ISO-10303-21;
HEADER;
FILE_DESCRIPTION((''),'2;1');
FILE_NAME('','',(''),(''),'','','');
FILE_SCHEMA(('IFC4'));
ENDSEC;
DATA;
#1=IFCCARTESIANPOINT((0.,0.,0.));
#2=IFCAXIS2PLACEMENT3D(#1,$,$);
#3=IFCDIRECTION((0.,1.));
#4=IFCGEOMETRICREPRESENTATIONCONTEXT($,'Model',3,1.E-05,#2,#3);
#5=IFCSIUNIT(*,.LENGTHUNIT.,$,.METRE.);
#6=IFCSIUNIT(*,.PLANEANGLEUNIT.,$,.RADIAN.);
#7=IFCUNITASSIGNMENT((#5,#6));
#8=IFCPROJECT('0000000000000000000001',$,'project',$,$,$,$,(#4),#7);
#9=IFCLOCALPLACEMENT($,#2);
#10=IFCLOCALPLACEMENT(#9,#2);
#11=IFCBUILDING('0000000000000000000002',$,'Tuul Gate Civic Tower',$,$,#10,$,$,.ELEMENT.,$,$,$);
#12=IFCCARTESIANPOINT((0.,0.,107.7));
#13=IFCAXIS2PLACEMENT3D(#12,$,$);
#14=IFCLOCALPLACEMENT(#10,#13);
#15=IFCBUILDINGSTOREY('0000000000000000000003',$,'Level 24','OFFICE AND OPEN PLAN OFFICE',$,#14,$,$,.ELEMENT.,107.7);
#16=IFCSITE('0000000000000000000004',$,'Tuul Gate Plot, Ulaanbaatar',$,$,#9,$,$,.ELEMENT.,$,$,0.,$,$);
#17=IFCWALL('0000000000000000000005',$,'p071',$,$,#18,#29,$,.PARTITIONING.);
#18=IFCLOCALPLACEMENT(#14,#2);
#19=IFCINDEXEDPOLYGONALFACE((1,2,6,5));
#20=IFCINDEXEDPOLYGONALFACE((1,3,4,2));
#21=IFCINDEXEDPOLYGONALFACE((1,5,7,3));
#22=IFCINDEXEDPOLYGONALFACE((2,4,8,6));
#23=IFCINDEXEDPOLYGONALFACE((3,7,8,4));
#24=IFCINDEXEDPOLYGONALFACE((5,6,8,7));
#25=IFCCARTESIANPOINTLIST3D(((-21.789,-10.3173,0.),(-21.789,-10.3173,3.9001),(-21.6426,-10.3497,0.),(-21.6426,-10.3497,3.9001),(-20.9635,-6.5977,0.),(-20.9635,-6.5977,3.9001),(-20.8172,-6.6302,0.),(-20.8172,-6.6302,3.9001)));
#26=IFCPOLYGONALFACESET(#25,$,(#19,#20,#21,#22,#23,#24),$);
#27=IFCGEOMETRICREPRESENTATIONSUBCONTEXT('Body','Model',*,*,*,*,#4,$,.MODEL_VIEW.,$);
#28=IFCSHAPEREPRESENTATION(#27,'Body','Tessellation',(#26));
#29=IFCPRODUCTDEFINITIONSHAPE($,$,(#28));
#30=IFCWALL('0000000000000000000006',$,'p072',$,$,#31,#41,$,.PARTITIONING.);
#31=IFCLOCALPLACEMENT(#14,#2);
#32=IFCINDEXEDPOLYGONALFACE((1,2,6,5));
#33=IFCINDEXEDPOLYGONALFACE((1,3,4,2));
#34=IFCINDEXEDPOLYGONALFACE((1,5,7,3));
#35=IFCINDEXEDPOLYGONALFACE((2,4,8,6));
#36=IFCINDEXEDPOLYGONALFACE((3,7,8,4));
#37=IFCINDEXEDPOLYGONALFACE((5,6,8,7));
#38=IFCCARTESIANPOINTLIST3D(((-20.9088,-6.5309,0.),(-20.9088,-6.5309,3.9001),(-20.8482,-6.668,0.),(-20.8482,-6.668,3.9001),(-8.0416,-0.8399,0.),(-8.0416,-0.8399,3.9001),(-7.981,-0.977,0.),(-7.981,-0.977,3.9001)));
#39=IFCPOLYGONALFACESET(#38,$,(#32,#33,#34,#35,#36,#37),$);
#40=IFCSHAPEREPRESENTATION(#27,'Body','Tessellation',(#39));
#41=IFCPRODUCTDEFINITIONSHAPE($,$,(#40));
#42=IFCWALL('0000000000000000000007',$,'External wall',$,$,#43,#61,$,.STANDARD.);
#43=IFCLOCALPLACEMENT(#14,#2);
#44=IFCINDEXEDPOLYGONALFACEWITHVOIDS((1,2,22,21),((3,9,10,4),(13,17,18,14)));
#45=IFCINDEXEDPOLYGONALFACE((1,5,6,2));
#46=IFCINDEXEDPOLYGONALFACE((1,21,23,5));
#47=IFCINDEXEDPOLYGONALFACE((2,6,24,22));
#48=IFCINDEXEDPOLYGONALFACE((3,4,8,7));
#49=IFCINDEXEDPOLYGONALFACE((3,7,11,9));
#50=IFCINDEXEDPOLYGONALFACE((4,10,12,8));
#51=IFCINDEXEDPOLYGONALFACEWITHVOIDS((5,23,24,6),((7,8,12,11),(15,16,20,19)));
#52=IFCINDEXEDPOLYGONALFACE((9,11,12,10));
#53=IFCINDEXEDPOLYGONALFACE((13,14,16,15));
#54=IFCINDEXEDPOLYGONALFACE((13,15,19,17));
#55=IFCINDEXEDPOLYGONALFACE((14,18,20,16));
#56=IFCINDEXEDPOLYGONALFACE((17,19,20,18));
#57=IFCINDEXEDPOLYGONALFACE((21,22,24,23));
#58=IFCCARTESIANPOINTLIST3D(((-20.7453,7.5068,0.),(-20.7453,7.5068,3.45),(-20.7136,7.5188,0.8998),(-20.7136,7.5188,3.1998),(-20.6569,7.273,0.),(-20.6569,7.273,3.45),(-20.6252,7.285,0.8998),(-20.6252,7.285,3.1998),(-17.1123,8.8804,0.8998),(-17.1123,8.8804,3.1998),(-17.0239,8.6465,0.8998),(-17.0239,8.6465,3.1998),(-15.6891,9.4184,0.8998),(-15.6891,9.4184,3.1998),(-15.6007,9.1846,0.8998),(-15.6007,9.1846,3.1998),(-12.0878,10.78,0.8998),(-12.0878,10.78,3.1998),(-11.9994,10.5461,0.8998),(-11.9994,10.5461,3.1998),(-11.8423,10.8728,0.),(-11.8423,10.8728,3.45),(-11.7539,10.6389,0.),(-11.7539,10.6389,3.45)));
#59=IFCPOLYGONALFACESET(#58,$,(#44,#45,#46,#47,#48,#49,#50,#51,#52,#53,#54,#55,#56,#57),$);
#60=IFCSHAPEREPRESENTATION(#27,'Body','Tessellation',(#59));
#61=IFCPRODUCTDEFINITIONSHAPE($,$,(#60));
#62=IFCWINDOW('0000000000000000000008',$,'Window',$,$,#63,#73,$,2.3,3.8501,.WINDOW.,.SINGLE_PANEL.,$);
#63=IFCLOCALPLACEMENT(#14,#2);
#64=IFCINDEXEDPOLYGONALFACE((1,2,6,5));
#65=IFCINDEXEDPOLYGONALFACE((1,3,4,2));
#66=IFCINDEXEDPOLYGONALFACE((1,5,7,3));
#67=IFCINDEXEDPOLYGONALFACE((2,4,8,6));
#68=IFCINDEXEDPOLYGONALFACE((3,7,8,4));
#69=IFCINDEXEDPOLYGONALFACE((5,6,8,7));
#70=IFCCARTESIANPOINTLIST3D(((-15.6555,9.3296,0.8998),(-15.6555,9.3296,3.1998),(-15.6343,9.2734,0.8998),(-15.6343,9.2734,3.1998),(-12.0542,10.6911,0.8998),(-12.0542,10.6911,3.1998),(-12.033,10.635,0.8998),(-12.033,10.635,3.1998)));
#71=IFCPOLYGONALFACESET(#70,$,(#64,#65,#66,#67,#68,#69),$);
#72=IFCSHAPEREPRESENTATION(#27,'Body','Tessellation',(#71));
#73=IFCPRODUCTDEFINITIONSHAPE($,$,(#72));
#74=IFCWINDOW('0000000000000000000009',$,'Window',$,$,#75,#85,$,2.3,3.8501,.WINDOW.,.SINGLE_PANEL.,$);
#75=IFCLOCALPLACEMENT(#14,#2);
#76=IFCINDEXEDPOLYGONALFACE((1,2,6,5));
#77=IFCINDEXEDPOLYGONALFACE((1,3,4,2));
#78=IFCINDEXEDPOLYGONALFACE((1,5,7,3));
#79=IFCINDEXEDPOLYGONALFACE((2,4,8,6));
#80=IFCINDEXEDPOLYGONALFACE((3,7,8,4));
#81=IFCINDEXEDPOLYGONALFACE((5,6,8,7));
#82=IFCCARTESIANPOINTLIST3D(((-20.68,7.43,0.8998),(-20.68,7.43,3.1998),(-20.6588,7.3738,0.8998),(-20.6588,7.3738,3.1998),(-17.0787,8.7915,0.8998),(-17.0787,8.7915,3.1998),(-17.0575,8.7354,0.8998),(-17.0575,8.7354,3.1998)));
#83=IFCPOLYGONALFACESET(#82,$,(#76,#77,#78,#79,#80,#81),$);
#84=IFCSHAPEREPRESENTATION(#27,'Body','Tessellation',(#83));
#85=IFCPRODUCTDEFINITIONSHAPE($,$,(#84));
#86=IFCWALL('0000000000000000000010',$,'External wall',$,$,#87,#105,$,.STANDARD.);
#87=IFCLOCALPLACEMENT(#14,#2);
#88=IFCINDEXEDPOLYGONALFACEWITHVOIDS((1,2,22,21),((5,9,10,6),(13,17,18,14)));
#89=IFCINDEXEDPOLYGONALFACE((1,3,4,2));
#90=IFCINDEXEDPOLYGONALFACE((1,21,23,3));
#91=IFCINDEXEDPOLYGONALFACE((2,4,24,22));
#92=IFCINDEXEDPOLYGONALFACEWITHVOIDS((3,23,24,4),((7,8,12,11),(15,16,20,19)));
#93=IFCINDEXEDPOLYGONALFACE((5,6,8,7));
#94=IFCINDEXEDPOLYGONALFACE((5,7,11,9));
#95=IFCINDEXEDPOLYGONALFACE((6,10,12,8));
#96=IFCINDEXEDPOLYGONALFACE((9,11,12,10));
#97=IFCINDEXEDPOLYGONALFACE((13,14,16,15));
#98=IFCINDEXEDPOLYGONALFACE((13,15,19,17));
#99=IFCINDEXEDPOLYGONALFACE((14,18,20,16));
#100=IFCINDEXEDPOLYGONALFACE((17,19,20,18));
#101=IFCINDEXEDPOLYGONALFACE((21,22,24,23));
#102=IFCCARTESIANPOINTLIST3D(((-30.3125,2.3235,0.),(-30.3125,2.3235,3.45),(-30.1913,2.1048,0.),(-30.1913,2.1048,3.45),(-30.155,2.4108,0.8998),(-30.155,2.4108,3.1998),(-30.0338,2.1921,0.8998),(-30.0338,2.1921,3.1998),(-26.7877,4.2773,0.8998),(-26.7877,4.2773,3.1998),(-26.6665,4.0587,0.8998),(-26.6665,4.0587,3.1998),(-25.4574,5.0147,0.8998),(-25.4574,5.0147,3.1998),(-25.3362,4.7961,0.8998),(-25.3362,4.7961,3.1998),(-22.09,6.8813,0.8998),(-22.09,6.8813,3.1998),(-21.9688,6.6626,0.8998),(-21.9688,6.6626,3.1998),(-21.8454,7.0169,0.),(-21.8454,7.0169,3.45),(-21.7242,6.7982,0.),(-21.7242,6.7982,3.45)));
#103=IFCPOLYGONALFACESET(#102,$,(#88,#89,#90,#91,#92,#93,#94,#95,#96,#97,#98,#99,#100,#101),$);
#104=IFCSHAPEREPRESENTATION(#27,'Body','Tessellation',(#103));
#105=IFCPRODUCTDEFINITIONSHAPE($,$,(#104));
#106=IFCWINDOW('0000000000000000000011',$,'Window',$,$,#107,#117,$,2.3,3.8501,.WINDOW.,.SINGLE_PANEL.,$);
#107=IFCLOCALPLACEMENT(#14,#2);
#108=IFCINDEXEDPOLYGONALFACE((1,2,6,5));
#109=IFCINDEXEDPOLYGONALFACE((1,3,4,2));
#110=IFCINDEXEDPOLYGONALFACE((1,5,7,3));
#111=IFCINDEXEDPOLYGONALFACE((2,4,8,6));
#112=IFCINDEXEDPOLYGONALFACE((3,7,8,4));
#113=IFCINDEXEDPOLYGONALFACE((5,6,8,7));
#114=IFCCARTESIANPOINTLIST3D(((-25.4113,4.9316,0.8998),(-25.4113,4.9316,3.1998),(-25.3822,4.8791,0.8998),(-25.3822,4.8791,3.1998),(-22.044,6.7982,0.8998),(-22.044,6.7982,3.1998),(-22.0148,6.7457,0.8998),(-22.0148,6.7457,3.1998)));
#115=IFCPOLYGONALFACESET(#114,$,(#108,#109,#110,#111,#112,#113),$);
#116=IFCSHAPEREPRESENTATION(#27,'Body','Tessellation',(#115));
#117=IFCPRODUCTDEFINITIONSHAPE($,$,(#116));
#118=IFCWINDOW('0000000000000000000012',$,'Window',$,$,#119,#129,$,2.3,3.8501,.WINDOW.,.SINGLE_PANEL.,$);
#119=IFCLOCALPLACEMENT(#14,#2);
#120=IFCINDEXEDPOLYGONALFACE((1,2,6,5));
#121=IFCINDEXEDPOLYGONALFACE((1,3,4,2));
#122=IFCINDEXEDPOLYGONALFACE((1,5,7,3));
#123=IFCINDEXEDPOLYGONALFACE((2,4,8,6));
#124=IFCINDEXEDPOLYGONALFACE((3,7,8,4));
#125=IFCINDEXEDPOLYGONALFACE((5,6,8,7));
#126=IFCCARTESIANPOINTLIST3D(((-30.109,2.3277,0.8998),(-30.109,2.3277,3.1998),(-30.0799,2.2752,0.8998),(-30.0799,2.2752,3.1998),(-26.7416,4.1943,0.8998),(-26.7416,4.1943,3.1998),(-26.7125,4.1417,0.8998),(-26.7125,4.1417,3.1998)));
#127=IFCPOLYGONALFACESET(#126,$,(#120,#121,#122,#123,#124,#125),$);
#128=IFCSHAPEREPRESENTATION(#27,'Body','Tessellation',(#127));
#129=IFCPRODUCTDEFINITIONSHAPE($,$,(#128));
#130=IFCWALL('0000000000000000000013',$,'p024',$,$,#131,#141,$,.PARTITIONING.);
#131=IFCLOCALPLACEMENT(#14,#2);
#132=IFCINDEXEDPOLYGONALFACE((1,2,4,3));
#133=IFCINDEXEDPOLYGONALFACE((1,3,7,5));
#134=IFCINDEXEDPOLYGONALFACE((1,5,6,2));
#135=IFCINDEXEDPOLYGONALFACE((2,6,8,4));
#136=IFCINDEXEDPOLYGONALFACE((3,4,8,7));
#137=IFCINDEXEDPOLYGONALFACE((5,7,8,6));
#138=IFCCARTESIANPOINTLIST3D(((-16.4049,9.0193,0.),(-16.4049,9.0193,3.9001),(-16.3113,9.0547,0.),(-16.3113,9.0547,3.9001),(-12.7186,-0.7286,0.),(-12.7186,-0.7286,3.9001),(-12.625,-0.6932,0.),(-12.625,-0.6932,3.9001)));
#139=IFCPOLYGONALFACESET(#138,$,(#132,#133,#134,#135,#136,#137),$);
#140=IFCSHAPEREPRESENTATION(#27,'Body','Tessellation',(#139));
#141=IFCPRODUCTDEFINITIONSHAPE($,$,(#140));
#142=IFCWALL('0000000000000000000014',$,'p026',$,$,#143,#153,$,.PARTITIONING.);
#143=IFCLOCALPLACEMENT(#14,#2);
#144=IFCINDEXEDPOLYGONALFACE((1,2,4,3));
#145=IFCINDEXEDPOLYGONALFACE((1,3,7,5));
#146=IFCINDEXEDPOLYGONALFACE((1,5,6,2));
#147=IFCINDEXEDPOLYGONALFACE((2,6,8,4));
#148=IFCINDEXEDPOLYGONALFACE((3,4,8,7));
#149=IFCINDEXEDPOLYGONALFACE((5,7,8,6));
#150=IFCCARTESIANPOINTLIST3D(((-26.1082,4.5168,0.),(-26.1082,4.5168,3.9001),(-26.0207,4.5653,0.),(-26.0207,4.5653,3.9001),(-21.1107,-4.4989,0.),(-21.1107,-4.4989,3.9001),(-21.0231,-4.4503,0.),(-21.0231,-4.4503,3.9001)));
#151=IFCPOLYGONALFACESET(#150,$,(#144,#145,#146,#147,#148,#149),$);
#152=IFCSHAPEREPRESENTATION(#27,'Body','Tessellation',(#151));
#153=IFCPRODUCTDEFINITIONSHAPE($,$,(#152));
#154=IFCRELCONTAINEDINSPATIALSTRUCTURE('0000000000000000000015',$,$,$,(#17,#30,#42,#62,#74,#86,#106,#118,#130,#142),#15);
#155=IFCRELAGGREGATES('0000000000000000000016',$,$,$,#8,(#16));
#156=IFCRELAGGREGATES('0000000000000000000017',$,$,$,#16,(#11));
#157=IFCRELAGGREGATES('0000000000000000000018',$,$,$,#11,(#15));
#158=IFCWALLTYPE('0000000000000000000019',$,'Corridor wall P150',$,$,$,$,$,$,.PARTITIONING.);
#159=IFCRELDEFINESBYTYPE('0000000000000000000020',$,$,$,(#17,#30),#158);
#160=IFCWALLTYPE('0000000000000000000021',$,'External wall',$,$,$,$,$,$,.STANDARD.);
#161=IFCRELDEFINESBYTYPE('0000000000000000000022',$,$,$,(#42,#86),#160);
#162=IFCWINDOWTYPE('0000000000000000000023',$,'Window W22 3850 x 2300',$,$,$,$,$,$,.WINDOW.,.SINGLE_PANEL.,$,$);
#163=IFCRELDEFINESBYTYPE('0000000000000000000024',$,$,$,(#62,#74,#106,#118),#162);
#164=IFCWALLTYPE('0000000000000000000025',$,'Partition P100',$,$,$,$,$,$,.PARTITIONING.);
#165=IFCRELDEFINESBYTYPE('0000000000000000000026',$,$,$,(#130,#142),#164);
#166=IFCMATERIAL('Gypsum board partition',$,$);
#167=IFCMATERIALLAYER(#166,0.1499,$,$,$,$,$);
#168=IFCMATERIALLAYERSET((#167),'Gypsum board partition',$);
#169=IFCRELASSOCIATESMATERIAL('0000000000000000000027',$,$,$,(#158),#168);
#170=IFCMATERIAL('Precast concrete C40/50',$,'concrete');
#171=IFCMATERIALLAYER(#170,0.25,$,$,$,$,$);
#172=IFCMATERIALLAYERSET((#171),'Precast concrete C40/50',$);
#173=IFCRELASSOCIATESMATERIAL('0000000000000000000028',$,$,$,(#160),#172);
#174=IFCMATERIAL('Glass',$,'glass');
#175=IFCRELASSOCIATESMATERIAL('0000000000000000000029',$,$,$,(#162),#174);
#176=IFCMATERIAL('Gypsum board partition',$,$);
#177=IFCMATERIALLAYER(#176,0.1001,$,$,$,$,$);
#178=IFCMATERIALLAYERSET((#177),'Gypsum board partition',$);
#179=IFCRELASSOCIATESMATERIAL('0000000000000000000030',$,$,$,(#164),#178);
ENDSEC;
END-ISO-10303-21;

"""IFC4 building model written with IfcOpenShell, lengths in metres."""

from ifc_helpers import new_model, si_unit, direction, frame, frame_2d, origin, place, context, subcontext, project, spatial, rectangle, extrude, material, layer, layer_set, type_object, element, fill, save


model = new_model("IFC4")

# Units and contexts
model_context = context("Model", 3, precision=1e-05, world=origin(), true_north=direction((0.0, 1.0)))
body_context = subcontext(model_context, "Body", "Model", "MODEL_VIEW")
ifc_project = project(units=[si_unit("LENGTHUNIT", "METRE"), si_unit("PLANEANGLEUNIT", "RADIAN")], contexts=[model_context])

# Site, building, storey
site_placement = place(None, origin())
site = spatial("IfcSite", under=ifc_project, at=site_placement, Name="Tuul Gate Plot, Ulaanbaatar", CompositionType="ELEMENT", RefElevation=0.0)
building_placement = place(site_placement, origin())
building = spatial("IfcBuilding", under=site, at=building_placement, Name="Tuul Gate Civic Tower", CompositionType="ELEMENT")
storey_placement = place(building_placement, frame((0.0, 0.0, 107.7)))
storey = spatial("IfcBuildingStorey", under=building, at=storey_placement, Name="Level 24", Description="OFFICE AND OPEN PLAN OFFICE", CompositionType="ELEMENT", Elevation=107.7)

# Shared definitions
ifc_material_1 = material(Name="Gypsum board partition")
ifc_layer_1 = layer(ifc_material_1, 0.1499)
ifc_layer_set_1 = layer_set([ifc_layer_1], Name="Gypsum board partition")
wall_type_1 = type_object("IfcWallType", Name="Corridor wall P150", PredefinedType="PARTITIONING", material=ifc_layer_set_1)

# Walls
wall_1_placement = place(storey_placement, frame((-21.7158, -10.3335, 0.0), z_axis=(0.0, 0.0, 1.0), x_axis=(0.216652, 0.976249, 0.0)))
element("IfcWall", 1, at=wall_1_placement, inside=storey, type_object=wall_type_1, Name="p071", PredefinedType="PARTITIONING", context=body_context, shape_type="SweptSolid", body=[
    extrude(rectangle(XDim=3.8101, YDim=0.1499, at=frame_2d((1.905, 0.0))), origin(), (0.0, 0.0, 1.0), 3.9001),
])
wall_2_placement = place(storey_placement, frame((-20.8784, -6.5994, 0.0), z_axis=(0.0, 0.0, 1.0), x_axis=(0.914544, 0.404486, 0.0)))
element("IfcWall", 2, at=wall_2_placement, inside=storey, type_object=wall_type_1, Name="p072", PredefinedType="PARTITIONING", context=body_context, shape_type="SweptSolid", body=[
    extrude(rectangle(XDim=14.0696, YDim=0.1499, at=frame_2d((7.0347, 0.0))), origin(), (0.0, 0.0, 1.0), 3.9001),
])

# Walls, openings, windows
ifc_material_2 = material(Name="Precast concrete C40/50", Category="concrete")
ifc_layer_2 = layer(ifc_material_2, 0.25)
ifc_layer_set_2 = layer_set([ifc_layer_2], Name="Precast concrete C40/50")
wall_type_2 = type_object("IfcWallType", Name="External wall", PredefinedType="STANDARD", material=ifc_layer_set_2)
wall_3_placement = place(storey_placement, frame((-11.7981, 10.7559, 0.0), z_axis=(0.0, 0.0, 1.0), x_axis=(-0.935382, -0.353638, 0.0)))
wall_3 = element("IfcWall", 3, at=wall_3_placement, inside=storey, type_object=wall_type_2, Name="External wall", PredefinedType="STANDARD", context=body_context, shape_type="SweptSolid", body=[
    extrude(rectangle(XDim=9.5181, YDim=0.25, at=frame_2d((4.759, 0.0))), origin(), (0.0, 0.0, 1.0), 3.45),
])
opening_1_placement = place(wall_3_placement, frame((0.2625, 0.0, 0.8999)))
opening_1 = element("IfcOpeningElement", 4, at=opening_1_placement, cuts=wall_3, PredefinedType="OPENING", context=body_context, shape_type="SweptSolid", body=[
    extrude(rectangle(XDim=3.8501, YDim=2.3, at=frame_2d((1.925, 1.1499))), frame((0.0, 0.135, 0.0), z_axis=(0.0, -1.0, 0.0), x_axis=(1.0, 0.0, 0.0)), (0.0, 0.0, 1.0), 0.27),
])
opening_2_placement = place(wall_3_placement, frame((5.634, 0.0, 0.8999)))
opening_2 = element("IfcOpeningElement", 5, at=opening_2_placement, cuts=wall_3, PredefinedType="OPENING", context=body_context, shape_type="SweptSolid", body=[
    extrude(rectangle(XDim=3.8501, YDim=2.3, at=frame_2d((1.925, 1.1499))), frame((0.0, 0.135, 0.0), z_axis=(0.0, -1.0, 0.0), x_axis=(1.0, 0.0, 0.0)), (0.0, 0.0, 1.0), 0.27),
])
ifc_material_3 = material(Name="Glass", Category="glass")
window_type = type_object("IfcWindowType", Name="Window W22 3850 x 2300", PartitioningType="SINGLE_PANEL", PredefinedType="WINDOW", material=ifc_material_3)
window_1_placement = place(opening_1_placement, origin())
window_1 = element("IfcWindow", 6, at=window_1_placement, inside=storey, type_object=window_type, Name="Window", OverallHeight=2.3, OverallWidth=3.8501, PartitioningType="SINGLE_PANEL", PredefinedType="WINDOW", context=body_context, shape_type="SweptSolid", body=[
    extrude(rectangle(XDim=3.8501, YDim=2.3, at=frame_2d((1.925, 1.1499))), frame((0.0, 0.03, 0.0), z_axis=(0.0, -1.0, 0.0), x_axis=(1.0, 0.0, 0.0)), (0.0, 0.0, 1.0), 0.0601),
])
fill(opening_1, window_1)
window_2_placement = place(opening_2_placement, origin())
window_2 = element("IfcWindow", 7, at=window_2_placement, inside=storey, type_object=window_type, Name="Window", OverallHeight=2.3, OverallWidth=3.8501, PartitioningType="SINGLE_PANEL", PredefinedType="WINDOW", context=body_context, shape_type="SweptSolid", body=[
    extrude(rectangle(XDim=3.8501, YDim=2.3, at=frame_2d((1.925, 1.1499))), frame((0.0, 0.03, 0.0), z_axis=(0.0, -1.0, 0.0), x_axis=(1.0, 0.0, 0.0)), (0.0, 0.0, 1.0), 0.0601),
])
fill(opening_2, window_2)
wall_4_placement = place(storey_placement, frame((-21.7849, 6.9075, 0.0), z_axis=(0.0, 0.0, 1.0), x_axis=(-0.87462, -0.48481, 0.0)))
wall_4 = element("IfcWall", 8, at=wall_4_placement, inside=storey, type_object=wall_type_2, Name="External wall", PredefinedType="STANDARD", context=body_context, shape_type="SweptSolid", body=[
    extrude(rectangle(XDim=9.6809, YDim=0.25, at=frame_2d((4.8403, 0.0))), origin(), (0.0, 0.0, 1.0), 3.45),
])
opening_3_placement = place(wall_4_placement, frame((0.2795, 0.0, 0.8999)))
opening_3 = element("IfcOpeningElement", 9, at=opening_3_placement, cuts=wall_4, PredefinedType="OPENING", context=body_context, shape_type="SweptSolid", body=[
    extrude(rectangle(XDim=3.8501, YDim=2.3, at=frame_2d((1.925, 1.1499))), frame((0.0, 0.135, 0.0), z_axis=(0.0, -1.0, 0.0), x_axis=(1.0, 0.0, 0.0)), (0.0, 0.0, 1.0), 0.27),
])
opening_4_placement = place(wall_4_placement, frame((5.6506, 0.0, 0.8999)))
opening_4 = element("IfcOpeningElement", 10, at=opening_4_placement, cuts=wall_4, PredefinedType="OPENING", context=body_context, shape_type="SweptSolid", body=[
    extrude(rectangle(XDim=3.8501, YDim=2.3, at=frame_2d((1.925, 1.1499))), frame((0.0, 0.135, 0.0), z_axis=(0.0, -1.0, 0.0), x_axis=(1.0, 0.0, 0.0)), (0.0, 0.0, 1.0), 0.27),
])
window_3_placement = place(opening_3_placement, origin())
window_3 = element("IfcWindow", 11, at=window_3_placement, inside=storey, type_object=window_type, Name="Window", OverallHeight=2.3, OverallWidth=3.8501, PartitioningType="SINGLE_PANEL", PredefinedType="WINDOW", context=body_context, shape_type="SweptSolid", body=[
    extrude(rectangle(XDim=3.8501, YDim=2.3, at=frame_2d((1.925, 1.1499))), frame((0.0, 0.03, 0.0), z_axis=(0.0, -1.0, 0.0), x_axis=(1.0, 0.0, 0.0)), (0.0, 0.0, 1.0), 0.0601),
])
fill(opening_3, window_3)
window_4_placement = place(opening_4_placement, origin())
window_4 = element("IfcWindow", 12, at=window_4_placement, inside=storey, type_object=window_type, Name="Window", OverallHeight=2.3, OverallWidth=3.8501, PartitioningType="SINGLE_PANEL", PredefinedType="WINDOW", context=body_context, shape_type="SweptSolid", body=[
    extrude(rectangle(XDim=3.8501, YDim=2.3, at=frame_2d((1.925, 1.1499))), frame((0.0, 0.03, 0.0), z_axis=(0.0, -1.0, 0.0), x_axis=(1.0, 0.0, 0.0)), (0.0, 0.0, 1.0), 0.0601),
])
fill(opening_4, window_4)

# Walls
ifc_material_4 = material(Name="Gypsum board partition")
ifc_layer_3 = layer(ifc_material_4, 0.1001)
ifc_layer_set_3 = layer_set([ifc_layer_3], Name="Gypsum board partition")
wall_type_3 = type_object("IfcWallType", Name="Partition P100", PredefinedType="PARTITIONING", material=ifc_layer_set_3)
wall_5_placement = place(storey_placement, frame((-16.3582, 9.0371, 0.0), z_axis=(0.0, 0.0, 1.0), x_axis=(0.353718, -0.935352, 0.0)))
element("IfcWall", 13, at=wall_5_placement, inside=storey, type_object=wall_type_3, Name="p024", PredefinedType="PARTITIONING", context=body_context, shape_type="SweptSolid", body=[
    extrude(rectangle(XDim=10.4216, YDim=0.1001, at=frame_2d((5.2109, 0.0))), origin(), (0.0, 0.0, 1.0), 3.9001),
])
wall_6_placement = place(storey_placement, frame((-26.0645, 4.541, 0.0), z_axis=(0.0, 0.0, 1.0), x_axis=(0.484818, -0.874615, 0.0)))
element("IfcWall", 14, at=wall_6_placement, inside=storey, type_object=wall_type_3, Name="p026", PredefinedType="PARTITIONING", context=body_context, shape_type="SweptSolid", body=[
    extrude(rectangle(XDim=10.3081, YDim=0.1001, at=frame_2d((5.1541, 0.0))), origin(), (0.0, 0.0, 1.0), 3.9001),
])

save(model, "model.ifc")
